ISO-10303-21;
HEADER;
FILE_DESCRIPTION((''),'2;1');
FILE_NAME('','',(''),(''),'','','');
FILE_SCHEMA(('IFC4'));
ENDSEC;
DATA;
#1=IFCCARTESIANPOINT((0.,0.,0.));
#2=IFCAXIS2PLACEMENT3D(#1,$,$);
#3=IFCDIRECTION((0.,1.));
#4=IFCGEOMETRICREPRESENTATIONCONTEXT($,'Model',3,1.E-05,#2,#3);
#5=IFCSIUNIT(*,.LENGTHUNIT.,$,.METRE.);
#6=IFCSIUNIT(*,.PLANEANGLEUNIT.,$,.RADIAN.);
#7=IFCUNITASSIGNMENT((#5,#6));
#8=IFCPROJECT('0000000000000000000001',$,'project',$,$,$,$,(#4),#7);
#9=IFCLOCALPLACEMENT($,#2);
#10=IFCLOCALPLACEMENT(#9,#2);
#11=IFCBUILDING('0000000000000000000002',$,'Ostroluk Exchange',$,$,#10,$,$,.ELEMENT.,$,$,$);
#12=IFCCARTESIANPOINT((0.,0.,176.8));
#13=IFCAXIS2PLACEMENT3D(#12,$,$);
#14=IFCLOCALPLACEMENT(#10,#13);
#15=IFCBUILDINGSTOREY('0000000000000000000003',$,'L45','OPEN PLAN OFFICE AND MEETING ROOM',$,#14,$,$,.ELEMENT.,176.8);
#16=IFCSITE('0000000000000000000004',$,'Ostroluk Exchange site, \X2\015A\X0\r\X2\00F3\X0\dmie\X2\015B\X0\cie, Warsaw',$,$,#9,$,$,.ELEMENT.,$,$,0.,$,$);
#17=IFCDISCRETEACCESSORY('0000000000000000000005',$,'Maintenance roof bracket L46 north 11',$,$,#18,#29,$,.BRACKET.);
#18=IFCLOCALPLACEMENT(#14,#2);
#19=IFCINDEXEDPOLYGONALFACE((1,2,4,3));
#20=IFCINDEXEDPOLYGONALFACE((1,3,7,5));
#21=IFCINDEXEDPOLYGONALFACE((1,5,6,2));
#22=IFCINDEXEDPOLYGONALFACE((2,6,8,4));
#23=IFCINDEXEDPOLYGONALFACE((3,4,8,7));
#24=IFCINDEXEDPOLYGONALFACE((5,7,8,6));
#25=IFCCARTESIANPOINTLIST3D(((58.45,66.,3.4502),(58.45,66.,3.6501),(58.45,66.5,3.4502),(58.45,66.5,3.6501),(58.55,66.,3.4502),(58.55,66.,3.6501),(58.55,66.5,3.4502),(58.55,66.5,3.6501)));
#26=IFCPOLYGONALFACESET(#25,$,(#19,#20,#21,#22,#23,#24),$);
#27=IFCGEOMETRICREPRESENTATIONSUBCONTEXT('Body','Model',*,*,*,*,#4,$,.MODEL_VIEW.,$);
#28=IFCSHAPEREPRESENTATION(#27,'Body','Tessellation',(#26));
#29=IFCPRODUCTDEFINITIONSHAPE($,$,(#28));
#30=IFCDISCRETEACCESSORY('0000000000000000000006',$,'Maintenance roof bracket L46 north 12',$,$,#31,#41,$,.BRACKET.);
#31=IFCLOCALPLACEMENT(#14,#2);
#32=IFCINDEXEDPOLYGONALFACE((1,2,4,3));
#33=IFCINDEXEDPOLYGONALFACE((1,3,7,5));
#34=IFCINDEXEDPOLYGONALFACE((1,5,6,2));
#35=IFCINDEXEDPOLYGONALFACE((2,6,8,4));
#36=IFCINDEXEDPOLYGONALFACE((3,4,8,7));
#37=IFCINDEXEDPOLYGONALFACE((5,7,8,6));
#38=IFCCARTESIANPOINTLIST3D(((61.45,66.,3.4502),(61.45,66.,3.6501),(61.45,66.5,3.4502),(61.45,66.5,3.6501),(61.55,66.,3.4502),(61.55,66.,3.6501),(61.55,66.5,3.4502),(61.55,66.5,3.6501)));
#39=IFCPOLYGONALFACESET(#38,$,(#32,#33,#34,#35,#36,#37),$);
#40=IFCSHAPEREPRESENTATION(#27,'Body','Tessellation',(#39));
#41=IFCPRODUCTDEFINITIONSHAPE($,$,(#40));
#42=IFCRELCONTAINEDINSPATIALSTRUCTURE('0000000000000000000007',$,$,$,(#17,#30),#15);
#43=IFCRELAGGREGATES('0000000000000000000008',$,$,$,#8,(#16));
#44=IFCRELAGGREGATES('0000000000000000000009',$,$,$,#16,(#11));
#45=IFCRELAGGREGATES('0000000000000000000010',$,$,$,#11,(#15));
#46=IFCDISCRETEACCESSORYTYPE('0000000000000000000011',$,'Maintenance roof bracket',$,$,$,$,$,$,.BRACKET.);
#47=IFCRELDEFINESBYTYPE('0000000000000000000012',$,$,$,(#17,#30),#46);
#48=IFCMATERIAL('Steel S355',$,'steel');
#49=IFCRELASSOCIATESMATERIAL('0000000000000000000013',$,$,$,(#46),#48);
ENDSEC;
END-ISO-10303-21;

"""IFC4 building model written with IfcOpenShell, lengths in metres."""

from ifc_helpers import new_model, si_unit, direction, frame, origin, origin_2d, place, context, subcontext, project, spatial, rectangle, extrude, material, type_object, element, save


model = new_model("IFC4")

# Units and contexts
model_context = context("Model", 3, precision=1e-05, world=origin(), true_north=direction((0.0, 1.0)))
body_context = subcontext(model_context, "Body", "Model", "MODEL_VIEW")
ifc_project = project(units=[si_unit("LENGTHUNIT", "METRE"), si_unit("PLANEANGLEUNIT", "RADIAN")], contexts=[model_context])

# Site, building, storey
site_placement = place(None, origin())
site = spatial("IfcSite", under=ifc_project, at=site_placement, Name="Ostroluk Exchange site, Śródmieście, Warsaw", CompositionType="ELEMENT", RefElevation=0.0)
building_placement = place(site_placement, origin())
building = spatial("IfcBuilding", under=site, at=building_placement, Name="Ostroluk Exchange", CompositionType="ELEMENT")
storey_placement = place(building_placement, frame((0.0, 0.0, 176.8)))
storey = spatial("IfcBuildingStorey", under=building, at=storey_placement, Name="L45", Description="OPEN PLAN OFFICE AND MEETING ROOM", CompositionType="ELEMENT", Elevation=176.8)

# Discrete accessories
ifc_material_1 = material(Name="Steel S355", Category="steel")
discrete_accessory_type = type_object("IfcDiscreteAccessoryType", Name="Maintenance roof bracket", PredefinedType="BRACKET", material=ifc_material_1)
for number, where, z_axis, x_axis, name in (
    (1, (58.5, 66.25, 3.4502), (0.0, 0.0, 1.0), (1.0, 0.0, 0.0), "Maintenance roof bracket L46 north 11"),
    (2, (61.5, 66.25, 3.4502), (0.0, 0.0, 1.0), (1.0, 0.0, 0.0), "Maintenance roof bracket L46 north 12"),
):
    element("IfcDiscreteAccessory", number, at=place(storey_placement, frame(where, z_axis=z_axis, x_axis=x_axis)), inside=storey, type_object=discrete_accessory_type, Name=name, PredefinedType="BRACKET", context=body_context, shape_type="SweptSolid", body=[
        extrude(rectangle(XDim=0.1001, YDim=0.5, at=origin_2d()), origin(), (0.0, 0.0, 1.0), 0.2),
    ])

save(model, "model.ifc")
